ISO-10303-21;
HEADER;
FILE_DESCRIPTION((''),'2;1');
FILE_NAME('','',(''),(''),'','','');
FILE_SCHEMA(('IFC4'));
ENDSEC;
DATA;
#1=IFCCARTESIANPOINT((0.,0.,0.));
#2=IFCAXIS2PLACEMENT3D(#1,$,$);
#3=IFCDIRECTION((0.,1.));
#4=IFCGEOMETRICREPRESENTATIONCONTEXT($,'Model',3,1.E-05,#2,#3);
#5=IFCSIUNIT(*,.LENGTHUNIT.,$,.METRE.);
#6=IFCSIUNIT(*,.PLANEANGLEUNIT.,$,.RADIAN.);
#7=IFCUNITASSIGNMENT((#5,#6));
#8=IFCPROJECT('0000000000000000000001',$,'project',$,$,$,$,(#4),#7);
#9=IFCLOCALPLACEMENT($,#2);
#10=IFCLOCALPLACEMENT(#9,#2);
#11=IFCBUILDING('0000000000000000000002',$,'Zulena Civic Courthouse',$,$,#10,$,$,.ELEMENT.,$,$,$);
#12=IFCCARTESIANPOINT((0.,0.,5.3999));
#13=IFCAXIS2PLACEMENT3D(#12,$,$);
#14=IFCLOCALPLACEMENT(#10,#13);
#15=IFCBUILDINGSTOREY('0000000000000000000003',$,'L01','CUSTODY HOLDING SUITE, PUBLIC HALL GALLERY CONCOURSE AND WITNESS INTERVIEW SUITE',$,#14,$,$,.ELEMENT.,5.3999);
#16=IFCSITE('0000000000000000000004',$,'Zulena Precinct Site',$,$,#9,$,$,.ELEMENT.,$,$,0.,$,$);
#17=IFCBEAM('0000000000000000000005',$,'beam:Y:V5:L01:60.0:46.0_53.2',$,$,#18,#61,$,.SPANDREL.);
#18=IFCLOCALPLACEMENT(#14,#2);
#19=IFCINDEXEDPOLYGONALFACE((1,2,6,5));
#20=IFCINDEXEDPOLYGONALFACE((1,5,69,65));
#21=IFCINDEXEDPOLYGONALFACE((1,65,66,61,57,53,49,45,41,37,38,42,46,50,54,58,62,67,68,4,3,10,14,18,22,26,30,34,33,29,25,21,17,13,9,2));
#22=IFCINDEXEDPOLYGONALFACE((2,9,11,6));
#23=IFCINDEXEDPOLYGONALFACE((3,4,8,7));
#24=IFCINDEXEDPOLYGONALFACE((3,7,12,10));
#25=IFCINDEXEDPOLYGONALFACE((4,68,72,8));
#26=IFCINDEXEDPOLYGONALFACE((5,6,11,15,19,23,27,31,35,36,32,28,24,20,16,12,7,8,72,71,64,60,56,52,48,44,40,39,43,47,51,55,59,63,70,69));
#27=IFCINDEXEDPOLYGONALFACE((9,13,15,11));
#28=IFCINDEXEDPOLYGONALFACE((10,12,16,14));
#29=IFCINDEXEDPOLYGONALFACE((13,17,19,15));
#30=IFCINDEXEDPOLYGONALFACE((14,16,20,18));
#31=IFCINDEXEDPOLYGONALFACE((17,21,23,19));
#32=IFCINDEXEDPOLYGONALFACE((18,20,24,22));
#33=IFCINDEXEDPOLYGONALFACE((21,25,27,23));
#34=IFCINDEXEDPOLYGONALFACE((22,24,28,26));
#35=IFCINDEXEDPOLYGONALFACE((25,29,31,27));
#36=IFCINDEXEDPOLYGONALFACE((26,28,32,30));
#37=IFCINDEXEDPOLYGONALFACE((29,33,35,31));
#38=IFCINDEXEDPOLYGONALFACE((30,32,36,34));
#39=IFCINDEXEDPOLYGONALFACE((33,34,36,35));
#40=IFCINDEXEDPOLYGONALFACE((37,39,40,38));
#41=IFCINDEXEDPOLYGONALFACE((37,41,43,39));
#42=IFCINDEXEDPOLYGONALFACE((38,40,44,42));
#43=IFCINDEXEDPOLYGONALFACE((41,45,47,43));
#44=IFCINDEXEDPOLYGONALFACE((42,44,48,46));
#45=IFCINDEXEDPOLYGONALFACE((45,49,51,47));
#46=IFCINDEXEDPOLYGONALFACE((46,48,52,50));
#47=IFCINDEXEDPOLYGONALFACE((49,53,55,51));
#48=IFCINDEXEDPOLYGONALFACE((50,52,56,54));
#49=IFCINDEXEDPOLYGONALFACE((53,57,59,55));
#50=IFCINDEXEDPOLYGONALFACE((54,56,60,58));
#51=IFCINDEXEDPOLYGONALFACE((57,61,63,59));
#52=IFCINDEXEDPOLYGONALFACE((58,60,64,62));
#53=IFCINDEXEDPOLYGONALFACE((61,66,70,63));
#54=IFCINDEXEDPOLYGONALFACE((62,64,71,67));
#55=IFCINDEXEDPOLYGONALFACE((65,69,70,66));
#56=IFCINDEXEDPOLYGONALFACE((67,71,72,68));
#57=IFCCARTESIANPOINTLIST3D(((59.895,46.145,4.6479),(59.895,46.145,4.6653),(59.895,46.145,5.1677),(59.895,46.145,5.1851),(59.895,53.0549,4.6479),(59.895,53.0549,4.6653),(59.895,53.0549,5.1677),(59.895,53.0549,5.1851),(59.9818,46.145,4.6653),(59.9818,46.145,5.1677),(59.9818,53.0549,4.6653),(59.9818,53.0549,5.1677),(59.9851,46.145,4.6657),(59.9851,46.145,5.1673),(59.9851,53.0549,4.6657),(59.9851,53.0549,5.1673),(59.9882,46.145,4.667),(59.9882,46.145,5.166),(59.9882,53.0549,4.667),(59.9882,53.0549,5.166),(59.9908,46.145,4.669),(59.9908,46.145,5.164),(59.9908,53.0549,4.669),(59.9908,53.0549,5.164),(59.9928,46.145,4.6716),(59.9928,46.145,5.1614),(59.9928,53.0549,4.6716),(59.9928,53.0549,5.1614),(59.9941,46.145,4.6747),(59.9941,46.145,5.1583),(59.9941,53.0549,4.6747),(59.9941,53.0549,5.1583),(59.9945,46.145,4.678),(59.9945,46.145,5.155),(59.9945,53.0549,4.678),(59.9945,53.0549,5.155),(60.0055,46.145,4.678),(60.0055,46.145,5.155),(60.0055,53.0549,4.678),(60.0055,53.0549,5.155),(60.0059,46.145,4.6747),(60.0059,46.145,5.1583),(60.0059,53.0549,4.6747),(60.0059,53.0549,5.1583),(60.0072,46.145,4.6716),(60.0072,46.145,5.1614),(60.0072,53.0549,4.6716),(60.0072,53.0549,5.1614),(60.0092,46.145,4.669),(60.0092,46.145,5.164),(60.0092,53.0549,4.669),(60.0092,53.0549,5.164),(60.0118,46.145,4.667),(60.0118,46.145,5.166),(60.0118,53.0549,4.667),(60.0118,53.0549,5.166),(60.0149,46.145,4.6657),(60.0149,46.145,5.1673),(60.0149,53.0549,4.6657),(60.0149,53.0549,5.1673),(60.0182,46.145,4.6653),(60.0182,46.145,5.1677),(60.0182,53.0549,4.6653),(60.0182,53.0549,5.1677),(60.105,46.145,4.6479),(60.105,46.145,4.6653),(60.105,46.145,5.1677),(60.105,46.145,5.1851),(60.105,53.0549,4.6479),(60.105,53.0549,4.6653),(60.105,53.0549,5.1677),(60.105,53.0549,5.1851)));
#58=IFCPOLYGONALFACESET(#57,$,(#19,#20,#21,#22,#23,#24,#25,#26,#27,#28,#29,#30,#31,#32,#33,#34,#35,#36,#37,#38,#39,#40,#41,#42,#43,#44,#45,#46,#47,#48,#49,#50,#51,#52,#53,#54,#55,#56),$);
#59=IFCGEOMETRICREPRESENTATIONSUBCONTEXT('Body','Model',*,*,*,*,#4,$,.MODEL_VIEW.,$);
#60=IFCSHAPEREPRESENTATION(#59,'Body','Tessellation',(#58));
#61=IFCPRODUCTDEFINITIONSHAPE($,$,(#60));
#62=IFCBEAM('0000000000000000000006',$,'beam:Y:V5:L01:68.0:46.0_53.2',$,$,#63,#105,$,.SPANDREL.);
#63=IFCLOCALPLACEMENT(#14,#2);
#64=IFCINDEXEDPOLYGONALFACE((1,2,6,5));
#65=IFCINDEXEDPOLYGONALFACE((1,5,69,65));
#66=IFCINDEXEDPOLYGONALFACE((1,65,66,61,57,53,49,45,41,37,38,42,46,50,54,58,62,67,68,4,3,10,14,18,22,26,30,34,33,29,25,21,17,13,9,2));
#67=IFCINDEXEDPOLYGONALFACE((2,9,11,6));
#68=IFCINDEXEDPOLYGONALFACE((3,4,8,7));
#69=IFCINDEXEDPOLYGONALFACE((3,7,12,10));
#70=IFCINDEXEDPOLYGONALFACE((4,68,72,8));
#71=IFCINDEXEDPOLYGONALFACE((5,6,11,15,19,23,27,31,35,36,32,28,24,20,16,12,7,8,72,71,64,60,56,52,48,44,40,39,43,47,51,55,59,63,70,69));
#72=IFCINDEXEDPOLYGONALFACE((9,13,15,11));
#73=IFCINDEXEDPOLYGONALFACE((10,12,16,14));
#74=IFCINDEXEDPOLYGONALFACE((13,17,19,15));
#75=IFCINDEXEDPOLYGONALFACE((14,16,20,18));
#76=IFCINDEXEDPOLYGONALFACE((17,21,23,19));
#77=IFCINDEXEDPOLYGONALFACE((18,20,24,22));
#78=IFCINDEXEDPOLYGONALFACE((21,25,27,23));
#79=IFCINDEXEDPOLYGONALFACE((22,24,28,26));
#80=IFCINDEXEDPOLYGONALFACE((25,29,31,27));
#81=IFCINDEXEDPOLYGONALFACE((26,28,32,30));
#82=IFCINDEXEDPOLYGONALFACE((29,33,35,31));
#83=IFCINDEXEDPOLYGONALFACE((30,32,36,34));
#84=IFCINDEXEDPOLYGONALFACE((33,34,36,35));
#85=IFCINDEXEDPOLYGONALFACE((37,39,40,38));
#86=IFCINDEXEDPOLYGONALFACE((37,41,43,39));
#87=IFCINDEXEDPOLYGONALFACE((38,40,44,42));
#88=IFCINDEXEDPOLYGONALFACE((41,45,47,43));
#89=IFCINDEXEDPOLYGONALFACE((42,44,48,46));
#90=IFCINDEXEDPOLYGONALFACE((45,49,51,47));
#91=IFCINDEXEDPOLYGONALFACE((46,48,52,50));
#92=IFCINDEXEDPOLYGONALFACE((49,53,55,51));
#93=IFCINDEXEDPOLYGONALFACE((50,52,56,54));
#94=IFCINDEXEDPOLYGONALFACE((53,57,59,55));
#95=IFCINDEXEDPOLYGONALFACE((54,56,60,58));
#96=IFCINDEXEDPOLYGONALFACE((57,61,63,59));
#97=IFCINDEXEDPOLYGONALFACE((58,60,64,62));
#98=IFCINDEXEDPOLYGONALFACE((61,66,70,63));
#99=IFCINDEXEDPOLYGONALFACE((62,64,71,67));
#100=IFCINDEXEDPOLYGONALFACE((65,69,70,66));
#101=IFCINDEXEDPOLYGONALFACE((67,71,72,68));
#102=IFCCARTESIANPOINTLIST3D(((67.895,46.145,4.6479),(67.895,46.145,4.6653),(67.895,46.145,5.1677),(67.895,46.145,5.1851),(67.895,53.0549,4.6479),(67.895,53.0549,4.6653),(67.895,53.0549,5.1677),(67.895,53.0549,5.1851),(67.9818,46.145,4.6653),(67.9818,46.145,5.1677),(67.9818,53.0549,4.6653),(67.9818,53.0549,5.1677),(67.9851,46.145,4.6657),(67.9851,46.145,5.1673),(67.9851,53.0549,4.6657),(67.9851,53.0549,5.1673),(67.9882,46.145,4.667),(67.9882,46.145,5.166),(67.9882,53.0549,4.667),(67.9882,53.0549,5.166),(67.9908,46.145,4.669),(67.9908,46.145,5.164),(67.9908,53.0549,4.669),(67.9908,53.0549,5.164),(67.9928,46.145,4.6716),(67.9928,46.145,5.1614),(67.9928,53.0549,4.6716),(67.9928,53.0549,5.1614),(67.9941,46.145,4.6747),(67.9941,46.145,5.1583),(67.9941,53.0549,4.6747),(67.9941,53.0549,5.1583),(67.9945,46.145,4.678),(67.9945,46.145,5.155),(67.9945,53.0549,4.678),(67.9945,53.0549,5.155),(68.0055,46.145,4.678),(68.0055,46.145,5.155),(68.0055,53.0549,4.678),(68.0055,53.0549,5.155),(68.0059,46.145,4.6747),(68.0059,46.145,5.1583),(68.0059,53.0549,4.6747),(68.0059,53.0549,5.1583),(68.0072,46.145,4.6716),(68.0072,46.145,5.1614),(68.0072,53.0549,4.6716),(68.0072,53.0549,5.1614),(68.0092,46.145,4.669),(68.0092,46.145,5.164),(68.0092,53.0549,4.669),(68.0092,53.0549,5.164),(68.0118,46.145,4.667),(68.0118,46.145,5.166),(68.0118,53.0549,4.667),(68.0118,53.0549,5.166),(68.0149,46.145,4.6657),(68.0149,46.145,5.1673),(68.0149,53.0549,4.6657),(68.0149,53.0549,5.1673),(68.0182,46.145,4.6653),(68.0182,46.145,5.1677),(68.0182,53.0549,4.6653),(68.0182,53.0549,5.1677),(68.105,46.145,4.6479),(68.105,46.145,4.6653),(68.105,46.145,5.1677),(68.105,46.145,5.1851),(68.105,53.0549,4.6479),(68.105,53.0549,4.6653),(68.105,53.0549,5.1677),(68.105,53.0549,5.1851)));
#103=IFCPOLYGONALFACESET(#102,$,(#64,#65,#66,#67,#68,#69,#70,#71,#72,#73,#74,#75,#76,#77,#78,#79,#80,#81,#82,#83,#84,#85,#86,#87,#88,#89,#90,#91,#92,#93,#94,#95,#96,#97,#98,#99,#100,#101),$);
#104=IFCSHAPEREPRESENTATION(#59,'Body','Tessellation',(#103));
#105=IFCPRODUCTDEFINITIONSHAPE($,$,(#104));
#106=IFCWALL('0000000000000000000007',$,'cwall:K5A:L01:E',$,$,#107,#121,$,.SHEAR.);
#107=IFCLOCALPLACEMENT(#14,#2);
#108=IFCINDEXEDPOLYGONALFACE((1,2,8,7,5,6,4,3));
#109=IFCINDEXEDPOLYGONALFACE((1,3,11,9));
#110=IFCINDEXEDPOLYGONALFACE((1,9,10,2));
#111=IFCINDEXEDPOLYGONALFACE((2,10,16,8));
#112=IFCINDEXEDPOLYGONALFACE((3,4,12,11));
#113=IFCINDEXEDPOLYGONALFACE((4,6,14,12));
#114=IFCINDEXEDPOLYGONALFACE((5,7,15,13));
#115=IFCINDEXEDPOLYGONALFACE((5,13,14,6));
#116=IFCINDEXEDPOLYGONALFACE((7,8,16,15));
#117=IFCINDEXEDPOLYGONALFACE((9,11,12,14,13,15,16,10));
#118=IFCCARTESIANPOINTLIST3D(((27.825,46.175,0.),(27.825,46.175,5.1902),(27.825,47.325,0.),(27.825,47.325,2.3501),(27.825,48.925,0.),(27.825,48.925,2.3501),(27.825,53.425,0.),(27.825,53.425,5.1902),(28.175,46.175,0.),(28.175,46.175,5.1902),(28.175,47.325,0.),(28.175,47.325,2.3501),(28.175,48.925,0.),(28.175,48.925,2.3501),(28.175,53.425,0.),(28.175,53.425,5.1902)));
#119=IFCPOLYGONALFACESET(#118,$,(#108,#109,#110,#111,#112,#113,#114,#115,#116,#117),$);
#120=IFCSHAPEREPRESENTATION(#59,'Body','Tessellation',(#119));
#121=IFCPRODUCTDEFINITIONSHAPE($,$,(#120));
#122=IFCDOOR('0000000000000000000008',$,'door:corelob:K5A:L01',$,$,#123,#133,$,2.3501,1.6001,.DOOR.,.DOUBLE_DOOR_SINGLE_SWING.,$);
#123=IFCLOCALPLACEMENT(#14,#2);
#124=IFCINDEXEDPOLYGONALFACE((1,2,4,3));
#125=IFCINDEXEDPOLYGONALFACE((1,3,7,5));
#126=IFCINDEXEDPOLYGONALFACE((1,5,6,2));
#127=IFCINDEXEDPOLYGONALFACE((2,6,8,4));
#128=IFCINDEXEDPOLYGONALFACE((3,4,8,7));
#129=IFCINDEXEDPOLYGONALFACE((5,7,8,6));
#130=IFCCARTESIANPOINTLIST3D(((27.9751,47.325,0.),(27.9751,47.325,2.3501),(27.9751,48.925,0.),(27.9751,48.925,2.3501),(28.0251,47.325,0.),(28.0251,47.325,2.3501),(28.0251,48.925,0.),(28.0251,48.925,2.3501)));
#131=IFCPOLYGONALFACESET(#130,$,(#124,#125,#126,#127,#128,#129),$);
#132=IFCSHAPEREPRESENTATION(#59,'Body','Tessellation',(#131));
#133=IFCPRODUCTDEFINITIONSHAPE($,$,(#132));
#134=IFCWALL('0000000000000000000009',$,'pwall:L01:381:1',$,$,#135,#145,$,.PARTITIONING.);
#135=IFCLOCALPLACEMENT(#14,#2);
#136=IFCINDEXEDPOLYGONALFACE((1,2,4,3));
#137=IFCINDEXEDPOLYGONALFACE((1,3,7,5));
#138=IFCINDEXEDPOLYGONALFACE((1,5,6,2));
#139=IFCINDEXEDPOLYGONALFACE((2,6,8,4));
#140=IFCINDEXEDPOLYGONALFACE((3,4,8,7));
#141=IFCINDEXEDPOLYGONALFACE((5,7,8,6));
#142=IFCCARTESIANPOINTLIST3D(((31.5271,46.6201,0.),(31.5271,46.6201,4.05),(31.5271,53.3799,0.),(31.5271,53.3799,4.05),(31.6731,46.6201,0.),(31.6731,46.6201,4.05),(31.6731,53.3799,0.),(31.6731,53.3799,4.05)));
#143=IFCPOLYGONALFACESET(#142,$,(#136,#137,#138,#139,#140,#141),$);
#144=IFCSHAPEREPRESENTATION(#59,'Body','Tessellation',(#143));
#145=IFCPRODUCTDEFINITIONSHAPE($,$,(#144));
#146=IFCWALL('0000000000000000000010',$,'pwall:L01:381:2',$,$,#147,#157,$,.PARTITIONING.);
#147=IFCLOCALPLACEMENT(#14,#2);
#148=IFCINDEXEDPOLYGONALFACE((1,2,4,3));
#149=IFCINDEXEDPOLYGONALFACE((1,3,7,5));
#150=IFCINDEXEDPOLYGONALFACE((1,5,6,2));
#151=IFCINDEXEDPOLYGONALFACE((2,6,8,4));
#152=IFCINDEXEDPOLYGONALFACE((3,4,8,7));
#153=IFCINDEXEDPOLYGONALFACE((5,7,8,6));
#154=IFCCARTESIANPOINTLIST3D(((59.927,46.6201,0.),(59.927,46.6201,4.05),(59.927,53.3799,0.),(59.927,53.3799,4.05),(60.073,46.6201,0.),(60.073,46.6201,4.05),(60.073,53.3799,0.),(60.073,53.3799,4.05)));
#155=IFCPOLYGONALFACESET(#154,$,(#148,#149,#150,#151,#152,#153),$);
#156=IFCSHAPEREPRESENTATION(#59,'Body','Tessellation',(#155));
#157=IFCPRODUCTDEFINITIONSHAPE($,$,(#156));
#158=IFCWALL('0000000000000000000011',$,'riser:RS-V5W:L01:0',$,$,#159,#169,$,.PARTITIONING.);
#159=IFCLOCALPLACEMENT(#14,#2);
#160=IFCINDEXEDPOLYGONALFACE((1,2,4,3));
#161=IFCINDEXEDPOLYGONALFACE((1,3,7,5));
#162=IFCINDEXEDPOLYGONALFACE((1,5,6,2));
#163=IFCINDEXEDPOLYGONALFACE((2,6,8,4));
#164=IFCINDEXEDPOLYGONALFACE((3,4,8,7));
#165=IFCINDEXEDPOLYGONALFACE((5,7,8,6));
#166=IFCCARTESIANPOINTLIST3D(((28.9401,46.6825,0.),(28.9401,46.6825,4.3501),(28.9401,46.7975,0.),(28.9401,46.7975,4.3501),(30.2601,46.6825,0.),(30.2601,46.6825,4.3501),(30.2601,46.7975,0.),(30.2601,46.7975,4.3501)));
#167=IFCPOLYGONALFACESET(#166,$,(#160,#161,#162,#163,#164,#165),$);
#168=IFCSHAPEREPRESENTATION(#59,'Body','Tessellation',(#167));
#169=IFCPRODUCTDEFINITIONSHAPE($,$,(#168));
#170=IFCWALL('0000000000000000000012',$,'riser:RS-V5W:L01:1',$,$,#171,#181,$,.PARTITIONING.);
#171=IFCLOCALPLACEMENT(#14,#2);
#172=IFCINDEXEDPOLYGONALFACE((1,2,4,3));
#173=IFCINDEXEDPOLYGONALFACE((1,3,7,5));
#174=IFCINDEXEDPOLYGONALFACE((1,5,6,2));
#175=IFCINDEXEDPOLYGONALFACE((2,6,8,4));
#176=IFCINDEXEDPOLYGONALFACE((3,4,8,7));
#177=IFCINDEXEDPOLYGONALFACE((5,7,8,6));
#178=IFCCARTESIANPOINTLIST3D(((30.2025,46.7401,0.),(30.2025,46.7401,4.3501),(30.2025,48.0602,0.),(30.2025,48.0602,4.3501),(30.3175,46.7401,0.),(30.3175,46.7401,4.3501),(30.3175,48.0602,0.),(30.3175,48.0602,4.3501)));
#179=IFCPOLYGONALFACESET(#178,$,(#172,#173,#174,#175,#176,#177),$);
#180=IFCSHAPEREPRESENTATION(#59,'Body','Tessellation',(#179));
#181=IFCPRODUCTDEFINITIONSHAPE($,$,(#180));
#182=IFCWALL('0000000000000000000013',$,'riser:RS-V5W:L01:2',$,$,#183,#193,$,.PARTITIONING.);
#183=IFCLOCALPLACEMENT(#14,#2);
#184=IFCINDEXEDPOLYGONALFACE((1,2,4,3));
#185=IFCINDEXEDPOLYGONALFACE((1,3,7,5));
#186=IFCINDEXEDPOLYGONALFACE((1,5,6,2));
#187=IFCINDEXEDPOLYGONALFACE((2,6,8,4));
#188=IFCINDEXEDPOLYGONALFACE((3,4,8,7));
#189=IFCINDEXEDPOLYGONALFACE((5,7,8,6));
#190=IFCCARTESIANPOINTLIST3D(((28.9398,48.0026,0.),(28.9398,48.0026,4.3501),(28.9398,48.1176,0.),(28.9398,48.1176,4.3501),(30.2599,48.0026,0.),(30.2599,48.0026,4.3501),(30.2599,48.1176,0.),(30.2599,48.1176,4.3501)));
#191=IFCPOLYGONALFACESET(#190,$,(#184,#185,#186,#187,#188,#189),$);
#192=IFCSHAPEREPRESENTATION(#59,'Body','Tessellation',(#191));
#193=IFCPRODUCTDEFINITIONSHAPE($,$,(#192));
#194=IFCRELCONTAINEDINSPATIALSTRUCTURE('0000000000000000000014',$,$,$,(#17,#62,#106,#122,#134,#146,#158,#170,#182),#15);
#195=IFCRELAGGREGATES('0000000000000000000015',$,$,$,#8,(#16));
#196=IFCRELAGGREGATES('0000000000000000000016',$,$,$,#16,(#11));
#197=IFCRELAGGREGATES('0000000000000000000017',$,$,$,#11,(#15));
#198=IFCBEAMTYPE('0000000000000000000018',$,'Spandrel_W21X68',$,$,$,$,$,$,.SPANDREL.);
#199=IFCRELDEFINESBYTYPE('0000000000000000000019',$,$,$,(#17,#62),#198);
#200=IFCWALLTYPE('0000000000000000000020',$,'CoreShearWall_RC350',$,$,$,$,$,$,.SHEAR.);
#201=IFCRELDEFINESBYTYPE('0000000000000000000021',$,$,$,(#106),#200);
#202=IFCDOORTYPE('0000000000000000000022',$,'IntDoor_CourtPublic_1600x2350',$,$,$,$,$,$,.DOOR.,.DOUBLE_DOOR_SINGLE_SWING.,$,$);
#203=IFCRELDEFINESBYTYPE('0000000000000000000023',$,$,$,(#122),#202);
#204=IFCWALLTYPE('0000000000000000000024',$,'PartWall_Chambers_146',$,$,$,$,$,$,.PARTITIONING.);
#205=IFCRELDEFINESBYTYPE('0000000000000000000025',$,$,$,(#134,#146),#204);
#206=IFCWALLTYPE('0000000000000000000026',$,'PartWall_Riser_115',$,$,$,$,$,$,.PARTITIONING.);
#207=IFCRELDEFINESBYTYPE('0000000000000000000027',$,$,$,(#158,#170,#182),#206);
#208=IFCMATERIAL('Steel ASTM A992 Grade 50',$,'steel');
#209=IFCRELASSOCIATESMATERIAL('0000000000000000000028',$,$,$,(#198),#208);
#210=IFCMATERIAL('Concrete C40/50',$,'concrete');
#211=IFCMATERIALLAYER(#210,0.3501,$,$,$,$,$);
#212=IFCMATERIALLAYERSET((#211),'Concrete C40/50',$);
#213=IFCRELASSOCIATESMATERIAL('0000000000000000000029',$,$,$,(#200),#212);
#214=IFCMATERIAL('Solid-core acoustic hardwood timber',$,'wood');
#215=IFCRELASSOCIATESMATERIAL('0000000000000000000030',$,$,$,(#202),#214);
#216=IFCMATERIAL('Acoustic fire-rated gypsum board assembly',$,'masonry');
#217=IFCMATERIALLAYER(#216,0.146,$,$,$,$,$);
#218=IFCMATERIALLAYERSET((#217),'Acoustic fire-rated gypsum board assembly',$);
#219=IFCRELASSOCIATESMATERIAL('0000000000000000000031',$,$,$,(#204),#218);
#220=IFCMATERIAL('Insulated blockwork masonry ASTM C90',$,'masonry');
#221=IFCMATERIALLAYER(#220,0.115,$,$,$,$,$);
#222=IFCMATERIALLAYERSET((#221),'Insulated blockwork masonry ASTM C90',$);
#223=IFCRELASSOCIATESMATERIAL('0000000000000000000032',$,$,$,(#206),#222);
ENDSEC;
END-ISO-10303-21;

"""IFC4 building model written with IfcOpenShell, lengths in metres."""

from ifc_helpers import new_model, si_unit, direction, frame, frame_2d, origin, origin_2d, place, context, subcontext, project, spatial, rectangle, i_section, extrude, material, layer, layer_set, material_profile, profile_set, type_object, element, fill, save


model = new_model("IFC4")

# Units and contexts
model_context = context("Model", 3, precision=1e-05, world=origin(), true_north=direction((0.0, 1.0)))
body_context = subcontext(model_context, "Body", "Model", "MODEL_VIEW")
ifc_project = project(units=[si_unit("LENGTHUNIT", "METRE"), si_unit("PLANEANGLEUNIT", "RADIAN")], contexts=[model_context])

# Site, building, storey
site_placement = place(None, origin())
site = spatial("IfcSite", under=ifc_project, at=site_placement, Name="Zulena Precinct Site", CompositionType="ELEMENT", RefElevation=0.0)
building_placement = place(site_placement, origin())
building = spatial("IfcBuilding", under=site, at=building_placement, Name="Zulena Civic Courthouse", CompositionType="ELEMENT")
storey_placement = place(building_placement, frame((0.0, 0.0, 5.3999)))
storey = spatial("IfcBuildingStorey", under=building, at=storey_placement, Name="L01", Description="CUSTODY HOLDING SUITE, PUBLIC HALL GALLERY CONCOURSE AND WITNESS INTERVIEW SUITE", CompositionType="ELEMENT", Elevation=5.3999)

# Shared definitions
ifc_material_1 = material(Name="Steel ASTM A992 Grade 50", Category="steel")

# Beams
ifc_material_profile_1 = material_profile(ifc_material_1, i_section(OverallWidth=0.21, OverallDepth=0.5371, WebThickness=0.011, FlangeThickness=0.0173, FilletRadius=0.0127, at=origin_2d()), Name="W21X68")
ifc_profile_set_1 = profile_set([ifc_material_profile_1], Name="Steel ASTM A992 Grade 50")
beam_type_1 = type_object("IfcBeamType", Name="Spandrel_W21X68", PredefinedType="SPANDREL", material=ifc_profile_set_1)
for number, where, z_axis, x_axis, name in (
    (1, (60.0, 46.145, 4.9165), (0.0, 1.0, 0.0), (-1.0, 0.0, 0.0), "beam:Y:V5:L01:60.0:46.0_53.2"),
    (2, (68.0, 46.145, 4.9165), (0.0, 1.0, 0.0), (-1.0, 0.0, 0.0), "beam:Y:V5:L01:68.0:46.0_53.2"),
):
    element("IfcBeam", number, at=place(storey_placement, frame(where, z_axis=z_axis, x_axis=x_axis)), inside=storey, type_object=beam_type_1, Name=name, PredefinedType="SPANDREL", context=body_context, shape_type="SweptSolid", body=[
        extrude(i_section(OverallWidth=0.21, OverallDepth=0.5371, WebThickness=0.011, FlangeThickness=0.0173, FilletRadius=0.0127, at=origin_2d()), origin(), (0.0, 0.0, 1.0), 6.9099),
    ])

# Wall, opening, door
ifc_material_2 = material(Name="Concrete C40/50", Category="concrete")
ifc_layer_1 = layer(ifc_material_2, 0.3501)
ifc_layer_set_1 = layer_set([ifc_layer_1], Name="Concrete C40/50")
wall_type_1 = type_object("IfcWallType", Name="CoreShearWall_RC350", PredefinedType="SHEAR", material=ifc_layer_set_1)
wall_placement = place(storey_placement, frame((28.0, 46.175, 0.0), z_axis=(0.0, 0.0, 1.0), x_axis=(0.0, 1.0, 0.0)))
wall = element("IfcWall", 3, at=wall_placement, inside=storey, type_object=wall_type_1, Name="cwall:K5A:L01:E", PredefinedType="SHEAR", context=body_context, shape_type="SweptSolid", body=[
    extrude(rectangle(XDim=7.25, YDim=0.3501, at=frame_2d((3.625, 0.0))), origin(), (0.0, 0.0, 1.0), 5.1902),
])
opening_placement = place(wall_placement, frame((1.1499, 0.0, 0.0)))
opening = element("IfcOpeningElement", 4, at=opening_placement, cuts=wall, PredefinedType="OPENING", context=body_context, shape_type="SweptSolid", body=[
    extrude(rectangle(XDim=1.6001, YDim=2.3501, at=frame_2d((0.8, 1.175))), frame((0.0, 0.1851, 0.0), z_axis=(0.0, -1.0, 0.0), x_axis=(1.0, 0.0, 0.0)), (0.0, 0.0, 1.0), 0.3701),
])
ifc_material_3 = material(Name="Solid-core acoustic hardwood timber", Category="wood")
door_type = type_object("IfcDoorType", Name="IntDoor_CourtPublic_1600x2350", OperationType="DOUBLE_DOOR_SINGLE_SWING", PredefinedType="DOOR", material=ifc_material_3)
door_placement = place(opening_placement, origin())
door = element("IfcDoor", 5, at=door_placement, inside=storey, type_object=door_type, Name="door:corelob:K5A:L01", OperationType="DOUBLE_DOOR_SINGLE_SWING", OverallHeight=2.3501, OverallWidth=1.6001, PredefinedType="DOOR", context=body_context, shape_type="SweptSolid", body=[
    extrude(rectangle(XDim=1.6001, YDim=2.3501, at=frame_2d((0.8, 1.175))), frame((0.0, 0.0249, 0.0), z_axis=(0.0, -1.0, 0.0), x_axis=(1.0, 0.0, 0.0)), (0.0, 0.0, 1.0), 0.05),
])
fill(opening, door)

# Walls
ifc_material_4 = material(Name="Acoustic fire-rated gypsum board assembly", Category="masonry")
ifc_layer_2 = layer(ifc_material_4, 0.146)
ifc_layer_set_2 = layer_set([ifc_layer_2], Name="Acoustic fire-rated gypsum board assembly")
wall_type_2 = type_object("IfcWallType", Name="PartWall_Chambers_146", PredefinedType="PARTITIONING", material=ifc_layer_set_2)
for number, where, z_axis, x_axis, name in (
    (6, (31.6001, 46.6201, 0.0), (0.0, 0.0, 1.0), (0.0, 1.0, 0.0), "pwall:L01:381:1"),
    (7, (60.0, 46.6201, 0.0), (0.0, 0.0, 1.0), (0.0, 1.0, 0.0), "pwall:L01:381:2"),
):
    element("IfcWall", number, at=place(storey_placement, frame(where, z_axis=z_axis, x_axis=x_axis)), inside=storey, type_object=wall_type_2, Name=name, PredefinedType="PARTITIONING", context=body_context, shape_type="SweptSolid", body=[
        extrude(rectangle(XDim=6.7598, YDim=0.146, at=frame_2d((3.3799, 0.0))), origin(), (0.0, 0.0, 1.0), 4.05),
    ])
ifc_material_5 = material(Name="Insulated blockwork masonry ASTM C90", Category="masonry")
ifc_layer_3 = layer(ifc_material_5, 0.115)
ifc_layer_set_3 = layer_set([ifc_layer_3], Name="Insulated blockwork masonry ASTM C90")
wall_type_3 = type_object("IfcWallType", Name="PartWall_Riser_115", PredefinedType="PARTITIONING", material=ifc_layer_set_3)
for number, where, z_axis, x_axis, name in (
    (8, (28.9399, 46.74, 0.0), (0.0, 0.0, 1.0), (1.0, 0.0, 0.0), "riser:RS-V5W:L01:0"),
    (9, (30.26, 46.74, 0.0), (0.0, 0.0, 1.0), (0.0, 1.0, 0.0), "riser:RS-V5W:L01:1"),
    (10, (30.26, 48.0601, 0.0), (0.0, 0.0, 1.0), (-1.0, 0.0, 0.0), "riser:RS-V5W:L01:2"),
):
    element("IfcWall", number, at=place(storey_placement, frame(where, z_axis=z_axis, x_axis=x_axis)), inside=storey, type_object=wall_type_3, Name=name, PredefinedType="PARTITIONING", context=body_context, shape_type="SweptSolid", body=[
        extrude(rectangle(XDim=1.3201, YDim=0.115, at=frame_2d((0.6602, 0.0))), origin(), (0.0, 0.0, 1.0), 4.3501),
    ])

save(model, "model.ifc")
